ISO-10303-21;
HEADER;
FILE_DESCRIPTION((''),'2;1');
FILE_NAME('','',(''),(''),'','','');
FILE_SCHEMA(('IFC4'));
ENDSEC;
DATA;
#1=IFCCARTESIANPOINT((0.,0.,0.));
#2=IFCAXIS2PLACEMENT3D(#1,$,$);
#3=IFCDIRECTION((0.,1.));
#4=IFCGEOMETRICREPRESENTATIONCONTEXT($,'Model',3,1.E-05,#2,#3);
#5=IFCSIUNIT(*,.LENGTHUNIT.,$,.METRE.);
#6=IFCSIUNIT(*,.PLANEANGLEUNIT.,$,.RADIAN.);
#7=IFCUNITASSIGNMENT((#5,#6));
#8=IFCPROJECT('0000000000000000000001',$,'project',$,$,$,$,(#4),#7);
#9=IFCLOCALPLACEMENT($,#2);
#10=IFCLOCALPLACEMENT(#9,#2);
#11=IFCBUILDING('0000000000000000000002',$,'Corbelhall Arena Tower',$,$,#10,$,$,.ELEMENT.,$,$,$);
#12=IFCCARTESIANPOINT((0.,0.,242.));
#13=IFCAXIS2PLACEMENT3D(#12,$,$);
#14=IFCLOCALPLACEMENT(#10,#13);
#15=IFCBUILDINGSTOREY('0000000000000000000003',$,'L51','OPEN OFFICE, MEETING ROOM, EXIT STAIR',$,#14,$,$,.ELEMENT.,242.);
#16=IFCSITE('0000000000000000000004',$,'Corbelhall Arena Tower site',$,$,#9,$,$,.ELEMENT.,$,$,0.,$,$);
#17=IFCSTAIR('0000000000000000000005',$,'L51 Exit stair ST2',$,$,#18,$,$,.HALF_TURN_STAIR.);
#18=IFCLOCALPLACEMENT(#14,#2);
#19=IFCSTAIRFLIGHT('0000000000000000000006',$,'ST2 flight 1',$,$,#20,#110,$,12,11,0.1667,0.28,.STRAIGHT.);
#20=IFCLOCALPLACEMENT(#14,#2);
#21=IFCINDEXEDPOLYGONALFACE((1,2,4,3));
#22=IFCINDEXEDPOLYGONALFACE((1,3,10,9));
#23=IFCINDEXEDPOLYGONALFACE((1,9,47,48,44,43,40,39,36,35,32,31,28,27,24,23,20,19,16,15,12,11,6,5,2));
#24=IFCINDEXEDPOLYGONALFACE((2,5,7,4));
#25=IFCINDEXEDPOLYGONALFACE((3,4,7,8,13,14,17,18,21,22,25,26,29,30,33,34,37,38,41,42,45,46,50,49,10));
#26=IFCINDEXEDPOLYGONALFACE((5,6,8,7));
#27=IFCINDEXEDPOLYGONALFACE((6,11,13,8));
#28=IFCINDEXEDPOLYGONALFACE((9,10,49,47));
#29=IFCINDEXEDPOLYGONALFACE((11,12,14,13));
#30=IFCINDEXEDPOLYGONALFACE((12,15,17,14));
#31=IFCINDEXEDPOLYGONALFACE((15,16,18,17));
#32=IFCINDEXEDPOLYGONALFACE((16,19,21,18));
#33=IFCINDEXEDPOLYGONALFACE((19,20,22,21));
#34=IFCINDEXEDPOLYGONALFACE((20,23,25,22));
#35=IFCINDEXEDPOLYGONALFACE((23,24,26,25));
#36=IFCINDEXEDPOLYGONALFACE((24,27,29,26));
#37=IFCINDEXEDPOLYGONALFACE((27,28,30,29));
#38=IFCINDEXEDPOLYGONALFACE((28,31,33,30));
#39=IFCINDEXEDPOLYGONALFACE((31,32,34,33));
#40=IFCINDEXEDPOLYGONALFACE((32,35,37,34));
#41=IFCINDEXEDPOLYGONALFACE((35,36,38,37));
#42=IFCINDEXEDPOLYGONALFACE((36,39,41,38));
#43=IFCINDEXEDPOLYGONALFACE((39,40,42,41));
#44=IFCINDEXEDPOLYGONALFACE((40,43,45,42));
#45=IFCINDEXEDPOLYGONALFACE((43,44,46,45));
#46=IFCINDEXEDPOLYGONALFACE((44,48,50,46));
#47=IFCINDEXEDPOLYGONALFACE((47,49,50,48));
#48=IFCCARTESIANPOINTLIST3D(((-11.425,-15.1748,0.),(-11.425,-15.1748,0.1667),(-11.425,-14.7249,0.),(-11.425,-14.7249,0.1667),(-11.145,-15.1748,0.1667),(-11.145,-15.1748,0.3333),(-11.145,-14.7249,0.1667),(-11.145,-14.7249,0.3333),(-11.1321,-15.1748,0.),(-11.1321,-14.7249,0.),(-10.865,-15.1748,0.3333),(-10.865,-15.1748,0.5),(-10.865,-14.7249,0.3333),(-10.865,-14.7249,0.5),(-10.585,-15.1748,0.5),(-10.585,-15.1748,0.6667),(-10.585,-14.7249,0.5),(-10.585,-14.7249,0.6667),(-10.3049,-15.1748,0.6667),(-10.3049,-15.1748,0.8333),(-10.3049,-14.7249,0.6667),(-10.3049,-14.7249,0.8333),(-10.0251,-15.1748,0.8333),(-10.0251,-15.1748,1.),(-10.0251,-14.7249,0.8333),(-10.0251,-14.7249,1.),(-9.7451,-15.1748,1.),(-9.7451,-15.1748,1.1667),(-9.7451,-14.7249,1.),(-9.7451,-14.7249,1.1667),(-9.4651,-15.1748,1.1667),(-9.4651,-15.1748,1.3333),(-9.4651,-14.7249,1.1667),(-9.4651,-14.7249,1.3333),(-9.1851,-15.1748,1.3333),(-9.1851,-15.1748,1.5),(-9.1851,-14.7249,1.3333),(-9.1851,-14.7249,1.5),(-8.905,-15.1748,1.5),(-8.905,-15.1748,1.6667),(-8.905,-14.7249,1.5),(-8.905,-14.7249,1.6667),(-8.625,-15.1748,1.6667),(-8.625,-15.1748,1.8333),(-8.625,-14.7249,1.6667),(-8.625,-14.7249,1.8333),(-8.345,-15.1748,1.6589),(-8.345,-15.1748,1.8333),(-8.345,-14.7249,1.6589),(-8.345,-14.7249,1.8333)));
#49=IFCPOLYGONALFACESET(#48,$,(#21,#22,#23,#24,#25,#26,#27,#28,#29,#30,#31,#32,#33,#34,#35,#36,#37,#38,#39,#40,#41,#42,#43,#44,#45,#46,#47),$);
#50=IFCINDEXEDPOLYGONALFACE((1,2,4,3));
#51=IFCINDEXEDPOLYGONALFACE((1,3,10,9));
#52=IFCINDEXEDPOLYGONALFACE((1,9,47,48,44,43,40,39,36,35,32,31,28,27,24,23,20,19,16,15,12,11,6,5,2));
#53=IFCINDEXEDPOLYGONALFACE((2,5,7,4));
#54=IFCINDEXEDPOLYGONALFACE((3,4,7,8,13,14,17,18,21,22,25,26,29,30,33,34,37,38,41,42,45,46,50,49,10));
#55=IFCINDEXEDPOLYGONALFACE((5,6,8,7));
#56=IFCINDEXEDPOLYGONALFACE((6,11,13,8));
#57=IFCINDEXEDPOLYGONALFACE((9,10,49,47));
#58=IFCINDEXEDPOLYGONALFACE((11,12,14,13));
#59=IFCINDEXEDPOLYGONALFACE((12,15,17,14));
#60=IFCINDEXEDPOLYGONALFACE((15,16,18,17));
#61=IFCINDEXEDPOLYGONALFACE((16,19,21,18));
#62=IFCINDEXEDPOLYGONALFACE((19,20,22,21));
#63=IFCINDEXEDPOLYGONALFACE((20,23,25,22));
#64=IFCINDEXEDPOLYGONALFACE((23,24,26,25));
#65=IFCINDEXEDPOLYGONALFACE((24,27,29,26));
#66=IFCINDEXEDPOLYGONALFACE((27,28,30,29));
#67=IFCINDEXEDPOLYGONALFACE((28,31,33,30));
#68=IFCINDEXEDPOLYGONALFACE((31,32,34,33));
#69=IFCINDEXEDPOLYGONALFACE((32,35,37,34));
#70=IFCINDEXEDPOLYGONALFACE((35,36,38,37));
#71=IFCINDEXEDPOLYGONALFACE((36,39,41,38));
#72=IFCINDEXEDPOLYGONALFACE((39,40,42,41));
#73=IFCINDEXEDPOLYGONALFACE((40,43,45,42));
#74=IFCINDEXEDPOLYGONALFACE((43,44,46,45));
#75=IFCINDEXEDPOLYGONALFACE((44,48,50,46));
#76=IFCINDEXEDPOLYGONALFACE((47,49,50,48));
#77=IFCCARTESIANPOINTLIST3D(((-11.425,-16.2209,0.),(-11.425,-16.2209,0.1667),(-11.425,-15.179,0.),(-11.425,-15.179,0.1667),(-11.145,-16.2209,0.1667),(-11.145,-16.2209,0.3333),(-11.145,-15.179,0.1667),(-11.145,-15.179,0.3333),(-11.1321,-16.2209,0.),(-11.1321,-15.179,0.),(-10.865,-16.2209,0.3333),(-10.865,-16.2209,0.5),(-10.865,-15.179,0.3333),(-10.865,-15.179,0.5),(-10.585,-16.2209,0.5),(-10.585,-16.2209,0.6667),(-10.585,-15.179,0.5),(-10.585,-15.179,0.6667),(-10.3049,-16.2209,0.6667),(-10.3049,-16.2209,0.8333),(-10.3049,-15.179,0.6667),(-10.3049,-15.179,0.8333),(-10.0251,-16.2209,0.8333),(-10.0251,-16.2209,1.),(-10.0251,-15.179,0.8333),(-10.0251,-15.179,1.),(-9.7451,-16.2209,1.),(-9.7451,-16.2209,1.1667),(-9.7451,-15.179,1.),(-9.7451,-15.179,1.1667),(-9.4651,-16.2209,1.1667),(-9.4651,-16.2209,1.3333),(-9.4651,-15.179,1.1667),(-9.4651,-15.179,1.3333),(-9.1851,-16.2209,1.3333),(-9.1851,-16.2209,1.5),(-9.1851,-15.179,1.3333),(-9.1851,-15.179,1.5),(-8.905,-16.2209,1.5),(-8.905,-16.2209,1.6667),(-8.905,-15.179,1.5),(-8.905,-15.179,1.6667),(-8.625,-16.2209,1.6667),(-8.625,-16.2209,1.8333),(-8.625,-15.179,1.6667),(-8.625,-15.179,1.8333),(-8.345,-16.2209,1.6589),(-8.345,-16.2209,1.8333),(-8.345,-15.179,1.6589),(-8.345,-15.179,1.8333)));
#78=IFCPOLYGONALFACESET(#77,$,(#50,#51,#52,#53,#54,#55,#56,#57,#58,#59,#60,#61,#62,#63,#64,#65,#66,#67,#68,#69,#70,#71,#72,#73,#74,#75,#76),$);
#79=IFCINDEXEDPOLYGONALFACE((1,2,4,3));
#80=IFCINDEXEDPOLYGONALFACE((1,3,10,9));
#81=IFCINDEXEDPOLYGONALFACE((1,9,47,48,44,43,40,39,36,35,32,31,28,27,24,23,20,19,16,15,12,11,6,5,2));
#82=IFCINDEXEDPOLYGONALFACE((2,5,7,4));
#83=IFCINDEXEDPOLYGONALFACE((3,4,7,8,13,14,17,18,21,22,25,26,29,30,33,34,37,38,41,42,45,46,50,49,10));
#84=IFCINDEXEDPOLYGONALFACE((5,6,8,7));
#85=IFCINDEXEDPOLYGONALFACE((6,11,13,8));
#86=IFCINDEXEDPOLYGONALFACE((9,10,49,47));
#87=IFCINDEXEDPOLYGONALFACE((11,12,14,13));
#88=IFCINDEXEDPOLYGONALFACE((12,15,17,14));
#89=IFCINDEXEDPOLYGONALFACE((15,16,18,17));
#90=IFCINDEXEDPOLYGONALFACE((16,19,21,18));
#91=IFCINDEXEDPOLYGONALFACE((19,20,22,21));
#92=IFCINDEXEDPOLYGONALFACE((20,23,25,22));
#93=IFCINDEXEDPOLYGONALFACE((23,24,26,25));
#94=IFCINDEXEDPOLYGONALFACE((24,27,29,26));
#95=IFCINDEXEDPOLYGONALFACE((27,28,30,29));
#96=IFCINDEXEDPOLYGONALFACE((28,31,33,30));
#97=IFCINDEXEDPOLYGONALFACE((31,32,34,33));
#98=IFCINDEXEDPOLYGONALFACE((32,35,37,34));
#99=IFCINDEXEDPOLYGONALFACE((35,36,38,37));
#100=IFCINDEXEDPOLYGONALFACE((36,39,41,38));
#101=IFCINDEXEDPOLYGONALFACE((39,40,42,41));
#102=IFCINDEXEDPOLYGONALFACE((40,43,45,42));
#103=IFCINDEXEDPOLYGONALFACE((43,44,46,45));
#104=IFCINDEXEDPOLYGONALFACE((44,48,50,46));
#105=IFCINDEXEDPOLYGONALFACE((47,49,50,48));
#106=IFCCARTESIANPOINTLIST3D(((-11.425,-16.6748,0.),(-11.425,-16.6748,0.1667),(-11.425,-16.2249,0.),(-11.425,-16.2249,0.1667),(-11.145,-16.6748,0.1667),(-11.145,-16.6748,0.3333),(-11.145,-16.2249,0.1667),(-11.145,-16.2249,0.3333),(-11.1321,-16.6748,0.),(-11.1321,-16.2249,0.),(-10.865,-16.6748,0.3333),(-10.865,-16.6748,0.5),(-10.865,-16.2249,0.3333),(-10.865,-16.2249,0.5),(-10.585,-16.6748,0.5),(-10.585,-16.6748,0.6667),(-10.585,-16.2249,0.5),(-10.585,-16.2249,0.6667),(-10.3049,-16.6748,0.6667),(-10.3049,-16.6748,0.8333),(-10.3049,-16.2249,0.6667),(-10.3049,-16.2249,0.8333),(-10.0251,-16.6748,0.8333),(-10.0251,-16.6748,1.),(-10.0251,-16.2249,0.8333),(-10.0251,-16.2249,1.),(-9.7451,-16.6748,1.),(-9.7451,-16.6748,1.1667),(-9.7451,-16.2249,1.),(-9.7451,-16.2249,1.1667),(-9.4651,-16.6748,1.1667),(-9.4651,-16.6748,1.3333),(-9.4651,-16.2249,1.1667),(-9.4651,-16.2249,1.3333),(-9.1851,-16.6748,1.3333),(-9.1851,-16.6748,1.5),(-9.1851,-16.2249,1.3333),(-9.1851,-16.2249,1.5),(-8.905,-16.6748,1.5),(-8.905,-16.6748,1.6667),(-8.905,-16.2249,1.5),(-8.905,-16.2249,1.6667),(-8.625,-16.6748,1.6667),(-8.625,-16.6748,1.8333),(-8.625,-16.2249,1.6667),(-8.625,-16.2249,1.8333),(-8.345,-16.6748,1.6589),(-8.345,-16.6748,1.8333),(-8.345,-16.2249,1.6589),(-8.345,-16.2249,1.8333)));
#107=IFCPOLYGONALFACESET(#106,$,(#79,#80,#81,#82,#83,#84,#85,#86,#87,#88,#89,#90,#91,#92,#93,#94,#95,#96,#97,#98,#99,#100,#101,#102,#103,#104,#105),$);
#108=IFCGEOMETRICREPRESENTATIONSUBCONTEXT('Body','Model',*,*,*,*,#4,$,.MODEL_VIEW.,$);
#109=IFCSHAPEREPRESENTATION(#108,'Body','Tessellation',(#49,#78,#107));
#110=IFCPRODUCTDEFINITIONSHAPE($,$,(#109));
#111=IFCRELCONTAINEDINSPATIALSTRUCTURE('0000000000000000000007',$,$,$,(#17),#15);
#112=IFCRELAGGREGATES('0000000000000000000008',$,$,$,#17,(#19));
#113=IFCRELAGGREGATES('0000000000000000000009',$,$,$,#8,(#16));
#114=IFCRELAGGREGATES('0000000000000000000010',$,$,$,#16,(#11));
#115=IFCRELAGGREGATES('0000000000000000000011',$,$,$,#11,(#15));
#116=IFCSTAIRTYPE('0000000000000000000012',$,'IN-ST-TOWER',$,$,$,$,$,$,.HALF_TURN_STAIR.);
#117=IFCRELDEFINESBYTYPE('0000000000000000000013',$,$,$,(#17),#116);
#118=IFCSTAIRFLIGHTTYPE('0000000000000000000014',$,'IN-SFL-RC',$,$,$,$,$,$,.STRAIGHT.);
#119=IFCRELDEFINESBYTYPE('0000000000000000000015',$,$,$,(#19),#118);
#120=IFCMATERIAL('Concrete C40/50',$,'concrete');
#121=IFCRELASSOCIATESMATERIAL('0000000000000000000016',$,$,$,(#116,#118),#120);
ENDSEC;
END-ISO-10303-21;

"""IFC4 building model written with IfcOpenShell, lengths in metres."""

from ifc_helpers import new_model, si_unit, direction, frame, origin, place, context, subcontext, project, spatial, polyline, outline, extrude, material, type_object, element, aggregate, save


model = new_model("IFC4")

# Units and contexts
model_context = context("Model", 3, precision=1e-05, world=origin(), true_north=direction((0.0, 1.0)))
body_context = subcontext(model_context, "Body", "Model", "MODEL_VIEW")
ifc_project = project(units=[si_unit("LENGTHUNIT", "METRE"), si_unit("PLANEANGLEUNIT", "RADIAN")], contexts=[model_context])

# Site, building, storey
site_placement = place(None, origin())
site = spatial("IfcSite", under=ifc_project, at=site_placement, Name="Corbelhall Arena Tower site", CompositionType="ELEMENT", RefElevation=0.0)
building_placement = place(site_placement, origin())
building = spatial("IfcBuilding", under=site, at=building_placement, Name="Corbelhall Arena Tower", CompositionType="ELEMENT")
storey_placement = place(building_placement, frame((0.0, 0.0, 242.0)))
storey = spatial("IfcBuildingStorey", under=building, at=storey_placement, Name="L51", Description="OPEN OFFICE, MEETING ROOM, EXIT STAIR", CompositionType="ELEMENT", Elevation=242.0)

# Shared definitions
ifc_material_1 = material(Name="Concrete C40/50", Category="concrete")

# Stair, stair flight
stair_type = type_object("IfcStairType", Name="IN-ST-TOWER", PredefinedType="HALF_TURN_STAIR", material=ifc_material_1)
stair_placement = place(storey_placement, origin())
stair = element("IfcStair", 1, at=stair_placement, inside=storey, type_object=stair_type, Name="L51 Exit stair ST2", PredefinedType="HALF_TURN_STAIR")
stair_flight_type = type_object("IfcStairFlightType", Name="IN-SFL-RC", PredefinedType="STRAIGHT", material=ifc_material_1)
stair_flight_1_placement = place(storey_placement, frame((-11.425, -15.7, 0.0), z_axis=(0.0, 0.0, 1.0), x_axis=(1.0, 0.0, 0.0)))
stair_flight_1 = element("IfcStairFlight", 2, at=stair_flight_1_placement, type_object=stair_flight_type, Name="ST2 flight 1", NumberOfRisers=12, NumberOfTreads=11, PredefinedType="STRAIGHT", RiserHeight=0.1667, TreadLength=0.28, context=body_context, shape_type="SweptSolid", body=[
    extrude(outline(polyline([(0.0, 0.0), (0.0, 0.1667), (0.28, 0.1667), (0.28, 0.3333), (0.5601, 0.3333), (0.5601, 0.5), (0.8401, 0.5), (0.8401, 0.6667), (1.1201, 0.6667), (1.1201, 0.8333), (1.3999, 0.8333), (1.3999, 1.0), (1.6799, 1.0), (1.6799, 1.1667), (1.96, 1.1667), (1.96, 1.3333), (2.24, 1.3333), (2.24, 1.5), (2.52, 1.5), (2.52, 1.6667), (2.8, 1.6667), (2.8, 1.8333), (3.0801, 1.8333), (3.0801, 2.0), (3.0801, 1.6589), (0.293, 0.0), (0.0, 0.0)])), frame((0.0, 0.9751, 0.0), z_axis=(0.0, -1.0, 0.0), x_axis=(1.0, 0.0, 0.0)), (0.0, 0.0, 1.0), 0.45),
    extrude(outline(polyline([(0.0, 0.0), (0.0, 0.1667), (0.28, 0.1667), (0.28, 0.3333), (0.5601, 0.3333), (0.5601, 0.5), (0.8401, 0.5), (0.8401, 0.6667), (1.1201, 0.6667), (1.1201, 0.8333), (1.3999, 0.8333), (1.3999, 1.0), (1.6799, 1.0), (1.6799, 1.1667), (1.96, 1.1667), (1.96, 1.3333), (2.24, 1.3333), (2.24, 1.5), (2.52, 1.5), (2.52, 1.6667), (2.8, 1.6667), (2.8, 1.8333), (3.0801, 1.8333), (3.0801, 2.0), (3.0801, 1.6589), (0.293, 0.0), (0.0, 0.0)])), frame((0.0, 0.521, 0.0), z_axis=(0.0, -1.0, 0.0), x_axis=(1.0, 0.0, 0.0)), (0.0, 0.0, 1.0), 1.042),
    extrude(outline(polyline([(0.0, 0.0), (0.0, 0.1667), (0.28, 0.1667), (0.28, 0.3333), (0.5601, 0.3333), (0.5601, 0.5), (0.8401, 0.5), (0.8401, 0.6667), (1.1201, 0.6667), (1.1201, 0.8333), (1.3999, 0.8333), (1.3999, 1.0), (1.6799, 1.0), (1.6799, 1.1667), (1.96, 1.1667), (1.96, 1.3333), (2.24, 1.3333), (2.24, 1.5), (2.52, 1.5), (2.52, 1.6667), (2.8, 1.6667), (2.8, 1.8333), (3.0801, 1.8333), (3.0801, 2.0), (3.0801, 1.6589), (0.293, 0.0), (0.0, 0.0)])), frame((0.0, -0.5249, 0.0), z_axis=(0.0, -1.0, 0.0), x_axis=(1.0, 0.0, 0.0)), (0.0, 0.0, 1.0), 0.45),
])
aggregate(stair, [stair_flight_1])

save(model, "model.ifc")
